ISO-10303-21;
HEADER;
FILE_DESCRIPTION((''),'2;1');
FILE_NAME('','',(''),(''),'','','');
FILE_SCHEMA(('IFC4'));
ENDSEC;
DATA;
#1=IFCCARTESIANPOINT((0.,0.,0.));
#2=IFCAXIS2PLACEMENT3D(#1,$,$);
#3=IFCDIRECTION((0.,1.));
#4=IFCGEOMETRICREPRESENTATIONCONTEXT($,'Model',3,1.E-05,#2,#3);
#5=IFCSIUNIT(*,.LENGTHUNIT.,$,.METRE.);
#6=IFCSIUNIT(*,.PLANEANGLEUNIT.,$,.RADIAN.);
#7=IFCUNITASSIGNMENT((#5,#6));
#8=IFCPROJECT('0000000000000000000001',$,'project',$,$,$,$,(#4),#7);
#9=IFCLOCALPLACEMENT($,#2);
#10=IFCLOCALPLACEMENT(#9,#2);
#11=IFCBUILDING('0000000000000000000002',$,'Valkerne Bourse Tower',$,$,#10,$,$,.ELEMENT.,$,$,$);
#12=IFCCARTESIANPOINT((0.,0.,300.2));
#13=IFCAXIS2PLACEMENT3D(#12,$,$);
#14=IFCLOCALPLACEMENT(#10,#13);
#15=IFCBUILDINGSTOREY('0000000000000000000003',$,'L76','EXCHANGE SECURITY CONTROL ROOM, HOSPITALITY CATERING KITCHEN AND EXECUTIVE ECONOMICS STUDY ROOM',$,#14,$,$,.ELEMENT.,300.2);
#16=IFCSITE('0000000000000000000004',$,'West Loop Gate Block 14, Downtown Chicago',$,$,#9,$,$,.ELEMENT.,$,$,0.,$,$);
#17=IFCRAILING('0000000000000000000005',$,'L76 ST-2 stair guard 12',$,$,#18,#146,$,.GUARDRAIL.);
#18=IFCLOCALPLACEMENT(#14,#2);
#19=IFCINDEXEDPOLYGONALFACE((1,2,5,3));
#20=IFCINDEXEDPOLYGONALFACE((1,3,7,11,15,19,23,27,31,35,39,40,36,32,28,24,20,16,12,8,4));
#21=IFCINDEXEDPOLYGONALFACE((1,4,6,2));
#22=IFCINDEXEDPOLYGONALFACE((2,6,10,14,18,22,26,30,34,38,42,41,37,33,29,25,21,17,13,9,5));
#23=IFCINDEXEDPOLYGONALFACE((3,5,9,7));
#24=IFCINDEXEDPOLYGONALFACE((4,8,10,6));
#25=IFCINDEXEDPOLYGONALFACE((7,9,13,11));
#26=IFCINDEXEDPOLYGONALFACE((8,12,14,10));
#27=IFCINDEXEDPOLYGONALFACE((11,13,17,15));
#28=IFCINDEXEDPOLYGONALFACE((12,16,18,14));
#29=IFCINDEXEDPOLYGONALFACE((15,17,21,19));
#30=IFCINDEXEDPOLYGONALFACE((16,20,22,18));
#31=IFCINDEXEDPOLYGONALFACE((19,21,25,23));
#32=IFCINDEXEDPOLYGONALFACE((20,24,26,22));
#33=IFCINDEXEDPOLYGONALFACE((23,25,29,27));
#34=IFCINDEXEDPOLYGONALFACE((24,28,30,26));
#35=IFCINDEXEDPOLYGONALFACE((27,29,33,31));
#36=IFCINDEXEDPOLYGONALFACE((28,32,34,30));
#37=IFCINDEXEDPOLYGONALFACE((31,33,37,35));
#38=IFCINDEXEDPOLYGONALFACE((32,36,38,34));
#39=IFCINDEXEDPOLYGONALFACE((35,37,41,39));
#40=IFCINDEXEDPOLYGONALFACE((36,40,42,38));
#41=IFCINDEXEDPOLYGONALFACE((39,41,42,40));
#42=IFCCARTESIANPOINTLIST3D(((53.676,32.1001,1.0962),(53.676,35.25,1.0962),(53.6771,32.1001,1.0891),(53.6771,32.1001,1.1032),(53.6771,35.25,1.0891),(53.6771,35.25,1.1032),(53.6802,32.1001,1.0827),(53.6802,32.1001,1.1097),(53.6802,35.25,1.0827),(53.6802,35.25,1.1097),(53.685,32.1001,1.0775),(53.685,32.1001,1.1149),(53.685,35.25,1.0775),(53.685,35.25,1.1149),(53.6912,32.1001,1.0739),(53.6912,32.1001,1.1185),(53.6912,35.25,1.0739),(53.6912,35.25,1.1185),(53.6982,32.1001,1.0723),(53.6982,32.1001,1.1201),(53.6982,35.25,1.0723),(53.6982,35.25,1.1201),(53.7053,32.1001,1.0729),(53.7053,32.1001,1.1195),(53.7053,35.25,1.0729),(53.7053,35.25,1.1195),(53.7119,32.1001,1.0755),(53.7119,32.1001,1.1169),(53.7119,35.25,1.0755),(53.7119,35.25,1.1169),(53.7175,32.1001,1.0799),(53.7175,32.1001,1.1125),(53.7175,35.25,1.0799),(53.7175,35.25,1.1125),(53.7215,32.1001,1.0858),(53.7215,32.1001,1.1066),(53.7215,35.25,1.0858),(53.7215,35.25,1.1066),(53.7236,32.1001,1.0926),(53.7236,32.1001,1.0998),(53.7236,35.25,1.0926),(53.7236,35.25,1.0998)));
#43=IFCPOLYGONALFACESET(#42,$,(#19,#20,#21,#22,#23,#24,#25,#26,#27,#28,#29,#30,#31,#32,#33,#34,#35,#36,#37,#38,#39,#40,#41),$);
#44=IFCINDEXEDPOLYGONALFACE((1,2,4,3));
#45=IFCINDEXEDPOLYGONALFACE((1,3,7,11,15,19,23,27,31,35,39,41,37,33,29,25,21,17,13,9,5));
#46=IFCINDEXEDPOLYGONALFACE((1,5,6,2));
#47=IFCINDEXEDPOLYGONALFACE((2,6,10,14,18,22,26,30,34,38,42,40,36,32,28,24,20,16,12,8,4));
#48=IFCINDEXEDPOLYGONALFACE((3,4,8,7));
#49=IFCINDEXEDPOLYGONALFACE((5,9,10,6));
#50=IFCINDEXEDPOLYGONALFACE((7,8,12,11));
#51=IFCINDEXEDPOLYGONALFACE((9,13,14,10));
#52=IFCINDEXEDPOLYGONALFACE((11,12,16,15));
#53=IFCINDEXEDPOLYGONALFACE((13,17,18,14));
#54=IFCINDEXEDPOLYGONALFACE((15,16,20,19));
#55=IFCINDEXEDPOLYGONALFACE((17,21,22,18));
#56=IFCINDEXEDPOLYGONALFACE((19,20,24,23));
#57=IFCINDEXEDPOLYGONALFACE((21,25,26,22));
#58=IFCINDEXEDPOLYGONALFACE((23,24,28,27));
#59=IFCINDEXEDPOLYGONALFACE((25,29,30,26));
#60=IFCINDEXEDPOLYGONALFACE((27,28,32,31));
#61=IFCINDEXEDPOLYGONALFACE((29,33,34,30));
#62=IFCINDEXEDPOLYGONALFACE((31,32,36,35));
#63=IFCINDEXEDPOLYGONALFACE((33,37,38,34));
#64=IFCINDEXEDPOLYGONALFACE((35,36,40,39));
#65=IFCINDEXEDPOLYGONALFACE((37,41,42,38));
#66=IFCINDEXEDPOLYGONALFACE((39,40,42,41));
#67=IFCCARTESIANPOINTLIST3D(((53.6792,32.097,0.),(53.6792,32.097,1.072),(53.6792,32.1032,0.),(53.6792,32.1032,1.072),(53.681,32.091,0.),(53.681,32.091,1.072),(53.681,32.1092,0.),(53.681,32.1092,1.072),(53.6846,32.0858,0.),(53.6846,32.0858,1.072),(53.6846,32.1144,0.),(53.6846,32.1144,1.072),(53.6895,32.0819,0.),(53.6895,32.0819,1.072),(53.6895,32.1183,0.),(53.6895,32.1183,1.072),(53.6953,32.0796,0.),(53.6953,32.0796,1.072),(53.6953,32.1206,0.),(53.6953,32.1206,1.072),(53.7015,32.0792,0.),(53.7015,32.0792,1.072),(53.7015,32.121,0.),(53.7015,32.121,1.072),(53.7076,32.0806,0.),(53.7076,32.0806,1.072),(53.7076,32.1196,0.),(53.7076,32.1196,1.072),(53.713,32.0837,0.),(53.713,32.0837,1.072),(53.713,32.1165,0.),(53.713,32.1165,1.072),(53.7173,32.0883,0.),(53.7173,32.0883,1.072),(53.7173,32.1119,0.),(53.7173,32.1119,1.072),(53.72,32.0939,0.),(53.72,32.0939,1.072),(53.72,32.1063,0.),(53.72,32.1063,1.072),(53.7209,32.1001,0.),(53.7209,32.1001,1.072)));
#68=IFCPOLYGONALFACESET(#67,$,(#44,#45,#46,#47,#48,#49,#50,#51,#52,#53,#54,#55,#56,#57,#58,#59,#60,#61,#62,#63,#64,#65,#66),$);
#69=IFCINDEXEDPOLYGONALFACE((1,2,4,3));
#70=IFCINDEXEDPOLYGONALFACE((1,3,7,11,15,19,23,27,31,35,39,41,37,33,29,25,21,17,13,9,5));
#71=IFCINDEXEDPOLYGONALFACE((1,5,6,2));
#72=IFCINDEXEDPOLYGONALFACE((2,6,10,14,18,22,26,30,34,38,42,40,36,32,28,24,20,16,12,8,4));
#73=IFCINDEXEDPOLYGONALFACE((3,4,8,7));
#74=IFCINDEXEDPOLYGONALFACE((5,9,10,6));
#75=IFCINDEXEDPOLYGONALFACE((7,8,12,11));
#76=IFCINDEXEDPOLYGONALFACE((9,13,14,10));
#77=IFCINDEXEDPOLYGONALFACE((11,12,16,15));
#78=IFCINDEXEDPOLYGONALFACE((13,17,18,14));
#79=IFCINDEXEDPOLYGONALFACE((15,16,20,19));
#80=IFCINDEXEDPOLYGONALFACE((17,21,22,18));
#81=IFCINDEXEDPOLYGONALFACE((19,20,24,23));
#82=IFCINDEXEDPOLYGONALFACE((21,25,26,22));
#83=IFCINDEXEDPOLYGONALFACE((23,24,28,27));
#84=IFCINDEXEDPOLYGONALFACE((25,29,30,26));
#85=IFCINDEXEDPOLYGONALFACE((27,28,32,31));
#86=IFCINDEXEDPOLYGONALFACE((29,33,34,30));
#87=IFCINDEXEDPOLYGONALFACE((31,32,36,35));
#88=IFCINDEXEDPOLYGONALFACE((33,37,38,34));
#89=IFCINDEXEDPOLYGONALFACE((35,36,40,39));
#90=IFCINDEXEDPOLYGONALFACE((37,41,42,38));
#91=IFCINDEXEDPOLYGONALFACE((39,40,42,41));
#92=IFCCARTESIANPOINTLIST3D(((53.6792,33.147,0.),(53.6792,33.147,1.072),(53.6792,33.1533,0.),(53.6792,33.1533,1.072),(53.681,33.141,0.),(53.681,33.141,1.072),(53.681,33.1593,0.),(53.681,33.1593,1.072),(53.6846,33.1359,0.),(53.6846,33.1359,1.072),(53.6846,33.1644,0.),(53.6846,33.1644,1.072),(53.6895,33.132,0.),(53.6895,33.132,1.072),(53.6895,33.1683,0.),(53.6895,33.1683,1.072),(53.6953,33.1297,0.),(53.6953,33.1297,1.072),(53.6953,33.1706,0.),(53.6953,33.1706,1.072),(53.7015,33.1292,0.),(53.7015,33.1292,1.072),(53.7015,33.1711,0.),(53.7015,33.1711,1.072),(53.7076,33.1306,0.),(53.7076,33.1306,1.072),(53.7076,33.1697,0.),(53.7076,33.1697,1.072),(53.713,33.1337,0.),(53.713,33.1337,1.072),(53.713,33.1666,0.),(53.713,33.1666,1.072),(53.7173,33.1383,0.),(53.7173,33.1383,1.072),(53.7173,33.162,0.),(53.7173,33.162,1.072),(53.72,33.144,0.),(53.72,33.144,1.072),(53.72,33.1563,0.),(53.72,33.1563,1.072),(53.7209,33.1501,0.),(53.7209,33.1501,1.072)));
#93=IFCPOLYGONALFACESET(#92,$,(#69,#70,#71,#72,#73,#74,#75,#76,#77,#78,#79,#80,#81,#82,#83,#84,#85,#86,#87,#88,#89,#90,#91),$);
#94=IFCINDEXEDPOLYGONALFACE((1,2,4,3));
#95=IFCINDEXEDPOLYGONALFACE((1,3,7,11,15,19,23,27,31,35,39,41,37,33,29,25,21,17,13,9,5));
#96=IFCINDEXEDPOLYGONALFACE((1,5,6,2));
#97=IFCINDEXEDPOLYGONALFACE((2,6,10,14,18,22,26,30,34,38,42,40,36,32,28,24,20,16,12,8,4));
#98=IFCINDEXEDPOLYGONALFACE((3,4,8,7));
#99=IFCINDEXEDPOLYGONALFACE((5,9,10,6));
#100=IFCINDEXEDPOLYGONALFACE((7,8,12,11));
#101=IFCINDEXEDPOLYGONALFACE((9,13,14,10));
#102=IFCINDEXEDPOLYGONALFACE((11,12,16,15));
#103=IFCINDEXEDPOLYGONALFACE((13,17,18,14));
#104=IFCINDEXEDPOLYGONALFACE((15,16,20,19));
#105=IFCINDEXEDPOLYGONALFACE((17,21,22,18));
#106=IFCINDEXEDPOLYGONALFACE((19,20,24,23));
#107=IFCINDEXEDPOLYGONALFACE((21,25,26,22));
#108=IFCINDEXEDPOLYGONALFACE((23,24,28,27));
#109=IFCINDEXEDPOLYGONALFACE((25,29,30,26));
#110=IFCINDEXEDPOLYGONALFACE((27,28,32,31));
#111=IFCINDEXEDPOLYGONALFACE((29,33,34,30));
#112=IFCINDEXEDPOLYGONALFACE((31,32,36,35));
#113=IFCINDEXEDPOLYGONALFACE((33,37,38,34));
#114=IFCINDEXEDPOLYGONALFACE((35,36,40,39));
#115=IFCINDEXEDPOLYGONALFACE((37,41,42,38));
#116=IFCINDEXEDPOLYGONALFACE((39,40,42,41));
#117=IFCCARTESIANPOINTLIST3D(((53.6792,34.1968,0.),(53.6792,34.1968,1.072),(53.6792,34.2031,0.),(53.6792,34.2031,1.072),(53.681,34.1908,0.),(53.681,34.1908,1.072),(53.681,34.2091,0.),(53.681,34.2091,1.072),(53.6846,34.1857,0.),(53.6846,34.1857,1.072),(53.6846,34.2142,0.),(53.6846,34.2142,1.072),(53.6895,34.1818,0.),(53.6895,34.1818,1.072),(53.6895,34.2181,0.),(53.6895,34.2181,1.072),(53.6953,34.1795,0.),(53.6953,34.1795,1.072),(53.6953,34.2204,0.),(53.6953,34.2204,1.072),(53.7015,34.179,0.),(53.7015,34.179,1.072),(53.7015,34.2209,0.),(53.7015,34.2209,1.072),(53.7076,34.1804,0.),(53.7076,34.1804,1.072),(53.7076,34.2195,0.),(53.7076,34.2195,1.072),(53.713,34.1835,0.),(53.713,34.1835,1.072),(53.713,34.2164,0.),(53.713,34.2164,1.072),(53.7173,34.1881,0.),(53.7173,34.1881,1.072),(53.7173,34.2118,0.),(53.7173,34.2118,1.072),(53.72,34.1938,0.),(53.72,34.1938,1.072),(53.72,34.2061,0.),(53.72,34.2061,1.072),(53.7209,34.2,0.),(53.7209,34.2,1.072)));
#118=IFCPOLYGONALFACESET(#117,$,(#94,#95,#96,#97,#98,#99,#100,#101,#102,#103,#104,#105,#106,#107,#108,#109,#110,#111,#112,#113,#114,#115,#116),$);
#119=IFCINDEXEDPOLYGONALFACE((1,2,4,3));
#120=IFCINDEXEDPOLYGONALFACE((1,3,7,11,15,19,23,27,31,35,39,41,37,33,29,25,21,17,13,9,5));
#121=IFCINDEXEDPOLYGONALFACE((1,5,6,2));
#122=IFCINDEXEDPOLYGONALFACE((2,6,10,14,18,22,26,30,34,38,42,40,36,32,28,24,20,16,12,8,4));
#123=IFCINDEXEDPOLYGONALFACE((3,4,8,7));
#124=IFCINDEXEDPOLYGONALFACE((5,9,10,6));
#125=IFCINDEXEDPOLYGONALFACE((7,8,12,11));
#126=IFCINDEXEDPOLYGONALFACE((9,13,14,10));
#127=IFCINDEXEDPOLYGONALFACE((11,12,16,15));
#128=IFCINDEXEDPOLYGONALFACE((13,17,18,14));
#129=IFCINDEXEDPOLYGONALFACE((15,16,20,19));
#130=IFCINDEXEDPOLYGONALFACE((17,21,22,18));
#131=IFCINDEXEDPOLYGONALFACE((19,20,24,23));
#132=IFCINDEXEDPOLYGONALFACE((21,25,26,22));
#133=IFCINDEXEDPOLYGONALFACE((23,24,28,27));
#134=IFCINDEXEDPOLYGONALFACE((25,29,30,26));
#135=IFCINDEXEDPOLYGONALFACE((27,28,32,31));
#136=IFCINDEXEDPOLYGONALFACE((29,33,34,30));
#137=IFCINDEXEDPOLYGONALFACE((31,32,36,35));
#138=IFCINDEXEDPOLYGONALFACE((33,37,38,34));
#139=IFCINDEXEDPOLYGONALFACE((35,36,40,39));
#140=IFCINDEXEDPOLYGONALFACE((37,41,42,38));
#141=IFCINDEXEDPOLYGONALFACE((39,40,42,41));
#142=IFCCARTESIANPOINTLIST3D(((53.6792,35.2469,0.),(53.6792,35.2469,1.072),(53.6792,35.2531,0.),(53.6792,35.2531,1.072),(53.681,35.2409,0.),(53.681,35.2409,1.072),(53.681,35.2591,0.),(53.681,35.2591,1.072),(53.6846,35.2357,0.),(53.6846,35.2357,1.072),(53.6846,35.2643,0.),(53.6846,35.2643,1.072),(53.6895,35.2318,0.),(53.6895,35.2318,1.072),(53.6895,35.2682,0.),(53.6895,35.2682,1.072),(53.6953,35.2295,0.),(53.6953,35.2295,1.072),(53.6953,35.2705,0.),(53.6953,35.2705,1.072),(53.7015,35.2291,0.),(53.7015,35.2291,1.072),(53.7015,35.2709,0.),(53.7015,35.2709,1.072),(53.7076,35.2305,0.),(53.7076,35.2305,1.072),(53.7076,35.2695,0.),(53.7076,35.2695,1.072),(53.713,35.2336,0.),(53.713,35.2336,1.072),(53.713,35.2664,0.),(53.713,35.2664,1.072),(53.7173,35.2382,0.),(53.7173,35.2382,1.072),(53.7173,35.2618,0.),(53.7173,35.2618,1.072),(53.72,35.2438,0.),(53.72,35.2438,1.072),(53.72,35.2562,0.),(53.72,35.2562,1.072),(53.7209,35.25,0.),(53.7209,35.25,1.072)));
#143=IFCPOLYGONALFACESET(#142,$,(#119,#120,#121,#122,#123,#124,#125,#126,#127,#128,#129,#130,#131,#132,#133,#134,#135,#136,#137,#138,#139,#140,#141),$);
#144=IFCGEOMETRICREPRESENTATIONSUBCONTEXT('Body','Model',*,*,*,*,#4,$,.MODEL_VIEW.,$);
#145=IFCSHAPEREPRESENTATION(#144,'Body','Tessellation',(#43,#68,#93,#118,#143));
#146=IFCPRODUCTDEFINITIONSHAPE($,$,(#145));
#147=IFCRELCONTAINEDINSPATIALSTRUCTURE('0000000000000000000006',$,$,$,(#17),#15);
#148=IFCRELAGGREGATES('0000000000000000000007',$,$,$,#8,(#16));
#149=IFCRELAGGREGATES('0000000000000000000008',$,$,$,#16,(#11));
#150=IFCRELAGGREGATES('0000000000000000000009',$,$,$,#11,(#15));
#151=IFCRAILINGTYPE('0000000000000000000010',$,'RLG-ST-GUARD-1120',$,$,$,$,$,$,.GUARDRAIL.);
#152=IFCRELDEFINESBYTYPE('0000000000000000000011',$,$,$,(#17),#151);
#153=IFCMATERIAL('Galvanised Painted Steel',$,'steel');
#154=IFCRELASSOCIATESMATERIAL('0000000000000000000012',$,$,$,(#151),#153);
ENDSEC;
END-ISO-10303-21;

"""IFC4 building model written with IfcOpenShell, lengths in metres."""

from ifc_helpers import new_model, si_unit, direction, frame, origin, origin_2d, place, context, subcontext, project, spatial, circle, extrude, material, type_object, element, save


model = new_model("IFC4")

# Units and contexts
model_context = context("Model", 3, precision=1e-05, world=origin(), true_north=direction((0.0, 1.0)))
body_context = subcontext(model_context, "Body", "Model", "MODEL_VIEW")
ifc_project = project(units=[si_unit("LENGTHUNIT", "METRE"), si_unit("PLANEANGLEUNIT", "RADIAN")], contexts=[model_context])

# Site, building, storey
site_placement = place(None, origin())
site = spatial("IfcSite", under=ifc_project, at=site_placement, Name="West Loop Gate Block 14, Downtown Chicago", CompositionType="ELEMENT", RefElevation=0.0)
building_placement = place(site_placement, origin())
building = spatial("IfcBuilding", under=site, at=building_placement, Name="Valkerne Bourse Tower", CompositionType="ELEMENT")
storey_placement = place(building_placement, frame((0.0, 0.0, 300.2)))
storey = spatial("IfcBuildingStorey", under=building, at=storey_placement, Name="L76", Description="EXCHANGE SECURITY CONTROL ROOM, HOSPITALITY CATERING KITCHEN AND EXECUTIVE ECONOMICS STUDY ROOM", CompositionType="ELEMENT", Elevation=300.2)

# Railing
ifc_material_1 = material(Name="Galvanised Painted Steel", Category="steel")
railing_type = type_object("IfcRailingType", Name="RLG-ST-GUARD-1120", PredefinedType="GUARDRAIL", material=ifc_material_1)
railing_placement = place(storey_placement, frame((53.7, 32.1001, 0.0)))
element("IfcRailing", 1, at=railing_placement, inside=storey, type_object=railing_type, Name="L76 ST-2 stair guard 12", PredefinedType="GUARDRAIL", context=body_context, shape_type="SweptSolid", body=[
    extrude(circle(Radius=0.0239, at=origin_2d()), frame((0.0, 0.0, 1.0962), z_axis=(0.0, 1.0, 0.0), x_axis=(-1.0, 0.0, 0.0)), (0.0, 0.0, 1.0), 3.1499),
    extrude(circle(Radius=0.021, at=origin_2d()), origin(), (0.0, 0.0, 1.0), 1.072),
    extrude(circle(Radius=0.021, at=origin_2d()), frame((0.0, 1.05, 0.0)), (0.0, 0.0, 1.0), 1.072),
    extrude(circle(Radius=0.021, at=origin_2d()), frame((0.0, 2.0999, 0.0)), (0.0, 0.0, 1.0), 1.072),
    extrude(circle(Radius=0.021, at=origin_2d()), frame((0.0, 3.1499, 0.0)), (0.0, 0.0, 1.0), 1.072),
])

save(model, "model.ifc")
